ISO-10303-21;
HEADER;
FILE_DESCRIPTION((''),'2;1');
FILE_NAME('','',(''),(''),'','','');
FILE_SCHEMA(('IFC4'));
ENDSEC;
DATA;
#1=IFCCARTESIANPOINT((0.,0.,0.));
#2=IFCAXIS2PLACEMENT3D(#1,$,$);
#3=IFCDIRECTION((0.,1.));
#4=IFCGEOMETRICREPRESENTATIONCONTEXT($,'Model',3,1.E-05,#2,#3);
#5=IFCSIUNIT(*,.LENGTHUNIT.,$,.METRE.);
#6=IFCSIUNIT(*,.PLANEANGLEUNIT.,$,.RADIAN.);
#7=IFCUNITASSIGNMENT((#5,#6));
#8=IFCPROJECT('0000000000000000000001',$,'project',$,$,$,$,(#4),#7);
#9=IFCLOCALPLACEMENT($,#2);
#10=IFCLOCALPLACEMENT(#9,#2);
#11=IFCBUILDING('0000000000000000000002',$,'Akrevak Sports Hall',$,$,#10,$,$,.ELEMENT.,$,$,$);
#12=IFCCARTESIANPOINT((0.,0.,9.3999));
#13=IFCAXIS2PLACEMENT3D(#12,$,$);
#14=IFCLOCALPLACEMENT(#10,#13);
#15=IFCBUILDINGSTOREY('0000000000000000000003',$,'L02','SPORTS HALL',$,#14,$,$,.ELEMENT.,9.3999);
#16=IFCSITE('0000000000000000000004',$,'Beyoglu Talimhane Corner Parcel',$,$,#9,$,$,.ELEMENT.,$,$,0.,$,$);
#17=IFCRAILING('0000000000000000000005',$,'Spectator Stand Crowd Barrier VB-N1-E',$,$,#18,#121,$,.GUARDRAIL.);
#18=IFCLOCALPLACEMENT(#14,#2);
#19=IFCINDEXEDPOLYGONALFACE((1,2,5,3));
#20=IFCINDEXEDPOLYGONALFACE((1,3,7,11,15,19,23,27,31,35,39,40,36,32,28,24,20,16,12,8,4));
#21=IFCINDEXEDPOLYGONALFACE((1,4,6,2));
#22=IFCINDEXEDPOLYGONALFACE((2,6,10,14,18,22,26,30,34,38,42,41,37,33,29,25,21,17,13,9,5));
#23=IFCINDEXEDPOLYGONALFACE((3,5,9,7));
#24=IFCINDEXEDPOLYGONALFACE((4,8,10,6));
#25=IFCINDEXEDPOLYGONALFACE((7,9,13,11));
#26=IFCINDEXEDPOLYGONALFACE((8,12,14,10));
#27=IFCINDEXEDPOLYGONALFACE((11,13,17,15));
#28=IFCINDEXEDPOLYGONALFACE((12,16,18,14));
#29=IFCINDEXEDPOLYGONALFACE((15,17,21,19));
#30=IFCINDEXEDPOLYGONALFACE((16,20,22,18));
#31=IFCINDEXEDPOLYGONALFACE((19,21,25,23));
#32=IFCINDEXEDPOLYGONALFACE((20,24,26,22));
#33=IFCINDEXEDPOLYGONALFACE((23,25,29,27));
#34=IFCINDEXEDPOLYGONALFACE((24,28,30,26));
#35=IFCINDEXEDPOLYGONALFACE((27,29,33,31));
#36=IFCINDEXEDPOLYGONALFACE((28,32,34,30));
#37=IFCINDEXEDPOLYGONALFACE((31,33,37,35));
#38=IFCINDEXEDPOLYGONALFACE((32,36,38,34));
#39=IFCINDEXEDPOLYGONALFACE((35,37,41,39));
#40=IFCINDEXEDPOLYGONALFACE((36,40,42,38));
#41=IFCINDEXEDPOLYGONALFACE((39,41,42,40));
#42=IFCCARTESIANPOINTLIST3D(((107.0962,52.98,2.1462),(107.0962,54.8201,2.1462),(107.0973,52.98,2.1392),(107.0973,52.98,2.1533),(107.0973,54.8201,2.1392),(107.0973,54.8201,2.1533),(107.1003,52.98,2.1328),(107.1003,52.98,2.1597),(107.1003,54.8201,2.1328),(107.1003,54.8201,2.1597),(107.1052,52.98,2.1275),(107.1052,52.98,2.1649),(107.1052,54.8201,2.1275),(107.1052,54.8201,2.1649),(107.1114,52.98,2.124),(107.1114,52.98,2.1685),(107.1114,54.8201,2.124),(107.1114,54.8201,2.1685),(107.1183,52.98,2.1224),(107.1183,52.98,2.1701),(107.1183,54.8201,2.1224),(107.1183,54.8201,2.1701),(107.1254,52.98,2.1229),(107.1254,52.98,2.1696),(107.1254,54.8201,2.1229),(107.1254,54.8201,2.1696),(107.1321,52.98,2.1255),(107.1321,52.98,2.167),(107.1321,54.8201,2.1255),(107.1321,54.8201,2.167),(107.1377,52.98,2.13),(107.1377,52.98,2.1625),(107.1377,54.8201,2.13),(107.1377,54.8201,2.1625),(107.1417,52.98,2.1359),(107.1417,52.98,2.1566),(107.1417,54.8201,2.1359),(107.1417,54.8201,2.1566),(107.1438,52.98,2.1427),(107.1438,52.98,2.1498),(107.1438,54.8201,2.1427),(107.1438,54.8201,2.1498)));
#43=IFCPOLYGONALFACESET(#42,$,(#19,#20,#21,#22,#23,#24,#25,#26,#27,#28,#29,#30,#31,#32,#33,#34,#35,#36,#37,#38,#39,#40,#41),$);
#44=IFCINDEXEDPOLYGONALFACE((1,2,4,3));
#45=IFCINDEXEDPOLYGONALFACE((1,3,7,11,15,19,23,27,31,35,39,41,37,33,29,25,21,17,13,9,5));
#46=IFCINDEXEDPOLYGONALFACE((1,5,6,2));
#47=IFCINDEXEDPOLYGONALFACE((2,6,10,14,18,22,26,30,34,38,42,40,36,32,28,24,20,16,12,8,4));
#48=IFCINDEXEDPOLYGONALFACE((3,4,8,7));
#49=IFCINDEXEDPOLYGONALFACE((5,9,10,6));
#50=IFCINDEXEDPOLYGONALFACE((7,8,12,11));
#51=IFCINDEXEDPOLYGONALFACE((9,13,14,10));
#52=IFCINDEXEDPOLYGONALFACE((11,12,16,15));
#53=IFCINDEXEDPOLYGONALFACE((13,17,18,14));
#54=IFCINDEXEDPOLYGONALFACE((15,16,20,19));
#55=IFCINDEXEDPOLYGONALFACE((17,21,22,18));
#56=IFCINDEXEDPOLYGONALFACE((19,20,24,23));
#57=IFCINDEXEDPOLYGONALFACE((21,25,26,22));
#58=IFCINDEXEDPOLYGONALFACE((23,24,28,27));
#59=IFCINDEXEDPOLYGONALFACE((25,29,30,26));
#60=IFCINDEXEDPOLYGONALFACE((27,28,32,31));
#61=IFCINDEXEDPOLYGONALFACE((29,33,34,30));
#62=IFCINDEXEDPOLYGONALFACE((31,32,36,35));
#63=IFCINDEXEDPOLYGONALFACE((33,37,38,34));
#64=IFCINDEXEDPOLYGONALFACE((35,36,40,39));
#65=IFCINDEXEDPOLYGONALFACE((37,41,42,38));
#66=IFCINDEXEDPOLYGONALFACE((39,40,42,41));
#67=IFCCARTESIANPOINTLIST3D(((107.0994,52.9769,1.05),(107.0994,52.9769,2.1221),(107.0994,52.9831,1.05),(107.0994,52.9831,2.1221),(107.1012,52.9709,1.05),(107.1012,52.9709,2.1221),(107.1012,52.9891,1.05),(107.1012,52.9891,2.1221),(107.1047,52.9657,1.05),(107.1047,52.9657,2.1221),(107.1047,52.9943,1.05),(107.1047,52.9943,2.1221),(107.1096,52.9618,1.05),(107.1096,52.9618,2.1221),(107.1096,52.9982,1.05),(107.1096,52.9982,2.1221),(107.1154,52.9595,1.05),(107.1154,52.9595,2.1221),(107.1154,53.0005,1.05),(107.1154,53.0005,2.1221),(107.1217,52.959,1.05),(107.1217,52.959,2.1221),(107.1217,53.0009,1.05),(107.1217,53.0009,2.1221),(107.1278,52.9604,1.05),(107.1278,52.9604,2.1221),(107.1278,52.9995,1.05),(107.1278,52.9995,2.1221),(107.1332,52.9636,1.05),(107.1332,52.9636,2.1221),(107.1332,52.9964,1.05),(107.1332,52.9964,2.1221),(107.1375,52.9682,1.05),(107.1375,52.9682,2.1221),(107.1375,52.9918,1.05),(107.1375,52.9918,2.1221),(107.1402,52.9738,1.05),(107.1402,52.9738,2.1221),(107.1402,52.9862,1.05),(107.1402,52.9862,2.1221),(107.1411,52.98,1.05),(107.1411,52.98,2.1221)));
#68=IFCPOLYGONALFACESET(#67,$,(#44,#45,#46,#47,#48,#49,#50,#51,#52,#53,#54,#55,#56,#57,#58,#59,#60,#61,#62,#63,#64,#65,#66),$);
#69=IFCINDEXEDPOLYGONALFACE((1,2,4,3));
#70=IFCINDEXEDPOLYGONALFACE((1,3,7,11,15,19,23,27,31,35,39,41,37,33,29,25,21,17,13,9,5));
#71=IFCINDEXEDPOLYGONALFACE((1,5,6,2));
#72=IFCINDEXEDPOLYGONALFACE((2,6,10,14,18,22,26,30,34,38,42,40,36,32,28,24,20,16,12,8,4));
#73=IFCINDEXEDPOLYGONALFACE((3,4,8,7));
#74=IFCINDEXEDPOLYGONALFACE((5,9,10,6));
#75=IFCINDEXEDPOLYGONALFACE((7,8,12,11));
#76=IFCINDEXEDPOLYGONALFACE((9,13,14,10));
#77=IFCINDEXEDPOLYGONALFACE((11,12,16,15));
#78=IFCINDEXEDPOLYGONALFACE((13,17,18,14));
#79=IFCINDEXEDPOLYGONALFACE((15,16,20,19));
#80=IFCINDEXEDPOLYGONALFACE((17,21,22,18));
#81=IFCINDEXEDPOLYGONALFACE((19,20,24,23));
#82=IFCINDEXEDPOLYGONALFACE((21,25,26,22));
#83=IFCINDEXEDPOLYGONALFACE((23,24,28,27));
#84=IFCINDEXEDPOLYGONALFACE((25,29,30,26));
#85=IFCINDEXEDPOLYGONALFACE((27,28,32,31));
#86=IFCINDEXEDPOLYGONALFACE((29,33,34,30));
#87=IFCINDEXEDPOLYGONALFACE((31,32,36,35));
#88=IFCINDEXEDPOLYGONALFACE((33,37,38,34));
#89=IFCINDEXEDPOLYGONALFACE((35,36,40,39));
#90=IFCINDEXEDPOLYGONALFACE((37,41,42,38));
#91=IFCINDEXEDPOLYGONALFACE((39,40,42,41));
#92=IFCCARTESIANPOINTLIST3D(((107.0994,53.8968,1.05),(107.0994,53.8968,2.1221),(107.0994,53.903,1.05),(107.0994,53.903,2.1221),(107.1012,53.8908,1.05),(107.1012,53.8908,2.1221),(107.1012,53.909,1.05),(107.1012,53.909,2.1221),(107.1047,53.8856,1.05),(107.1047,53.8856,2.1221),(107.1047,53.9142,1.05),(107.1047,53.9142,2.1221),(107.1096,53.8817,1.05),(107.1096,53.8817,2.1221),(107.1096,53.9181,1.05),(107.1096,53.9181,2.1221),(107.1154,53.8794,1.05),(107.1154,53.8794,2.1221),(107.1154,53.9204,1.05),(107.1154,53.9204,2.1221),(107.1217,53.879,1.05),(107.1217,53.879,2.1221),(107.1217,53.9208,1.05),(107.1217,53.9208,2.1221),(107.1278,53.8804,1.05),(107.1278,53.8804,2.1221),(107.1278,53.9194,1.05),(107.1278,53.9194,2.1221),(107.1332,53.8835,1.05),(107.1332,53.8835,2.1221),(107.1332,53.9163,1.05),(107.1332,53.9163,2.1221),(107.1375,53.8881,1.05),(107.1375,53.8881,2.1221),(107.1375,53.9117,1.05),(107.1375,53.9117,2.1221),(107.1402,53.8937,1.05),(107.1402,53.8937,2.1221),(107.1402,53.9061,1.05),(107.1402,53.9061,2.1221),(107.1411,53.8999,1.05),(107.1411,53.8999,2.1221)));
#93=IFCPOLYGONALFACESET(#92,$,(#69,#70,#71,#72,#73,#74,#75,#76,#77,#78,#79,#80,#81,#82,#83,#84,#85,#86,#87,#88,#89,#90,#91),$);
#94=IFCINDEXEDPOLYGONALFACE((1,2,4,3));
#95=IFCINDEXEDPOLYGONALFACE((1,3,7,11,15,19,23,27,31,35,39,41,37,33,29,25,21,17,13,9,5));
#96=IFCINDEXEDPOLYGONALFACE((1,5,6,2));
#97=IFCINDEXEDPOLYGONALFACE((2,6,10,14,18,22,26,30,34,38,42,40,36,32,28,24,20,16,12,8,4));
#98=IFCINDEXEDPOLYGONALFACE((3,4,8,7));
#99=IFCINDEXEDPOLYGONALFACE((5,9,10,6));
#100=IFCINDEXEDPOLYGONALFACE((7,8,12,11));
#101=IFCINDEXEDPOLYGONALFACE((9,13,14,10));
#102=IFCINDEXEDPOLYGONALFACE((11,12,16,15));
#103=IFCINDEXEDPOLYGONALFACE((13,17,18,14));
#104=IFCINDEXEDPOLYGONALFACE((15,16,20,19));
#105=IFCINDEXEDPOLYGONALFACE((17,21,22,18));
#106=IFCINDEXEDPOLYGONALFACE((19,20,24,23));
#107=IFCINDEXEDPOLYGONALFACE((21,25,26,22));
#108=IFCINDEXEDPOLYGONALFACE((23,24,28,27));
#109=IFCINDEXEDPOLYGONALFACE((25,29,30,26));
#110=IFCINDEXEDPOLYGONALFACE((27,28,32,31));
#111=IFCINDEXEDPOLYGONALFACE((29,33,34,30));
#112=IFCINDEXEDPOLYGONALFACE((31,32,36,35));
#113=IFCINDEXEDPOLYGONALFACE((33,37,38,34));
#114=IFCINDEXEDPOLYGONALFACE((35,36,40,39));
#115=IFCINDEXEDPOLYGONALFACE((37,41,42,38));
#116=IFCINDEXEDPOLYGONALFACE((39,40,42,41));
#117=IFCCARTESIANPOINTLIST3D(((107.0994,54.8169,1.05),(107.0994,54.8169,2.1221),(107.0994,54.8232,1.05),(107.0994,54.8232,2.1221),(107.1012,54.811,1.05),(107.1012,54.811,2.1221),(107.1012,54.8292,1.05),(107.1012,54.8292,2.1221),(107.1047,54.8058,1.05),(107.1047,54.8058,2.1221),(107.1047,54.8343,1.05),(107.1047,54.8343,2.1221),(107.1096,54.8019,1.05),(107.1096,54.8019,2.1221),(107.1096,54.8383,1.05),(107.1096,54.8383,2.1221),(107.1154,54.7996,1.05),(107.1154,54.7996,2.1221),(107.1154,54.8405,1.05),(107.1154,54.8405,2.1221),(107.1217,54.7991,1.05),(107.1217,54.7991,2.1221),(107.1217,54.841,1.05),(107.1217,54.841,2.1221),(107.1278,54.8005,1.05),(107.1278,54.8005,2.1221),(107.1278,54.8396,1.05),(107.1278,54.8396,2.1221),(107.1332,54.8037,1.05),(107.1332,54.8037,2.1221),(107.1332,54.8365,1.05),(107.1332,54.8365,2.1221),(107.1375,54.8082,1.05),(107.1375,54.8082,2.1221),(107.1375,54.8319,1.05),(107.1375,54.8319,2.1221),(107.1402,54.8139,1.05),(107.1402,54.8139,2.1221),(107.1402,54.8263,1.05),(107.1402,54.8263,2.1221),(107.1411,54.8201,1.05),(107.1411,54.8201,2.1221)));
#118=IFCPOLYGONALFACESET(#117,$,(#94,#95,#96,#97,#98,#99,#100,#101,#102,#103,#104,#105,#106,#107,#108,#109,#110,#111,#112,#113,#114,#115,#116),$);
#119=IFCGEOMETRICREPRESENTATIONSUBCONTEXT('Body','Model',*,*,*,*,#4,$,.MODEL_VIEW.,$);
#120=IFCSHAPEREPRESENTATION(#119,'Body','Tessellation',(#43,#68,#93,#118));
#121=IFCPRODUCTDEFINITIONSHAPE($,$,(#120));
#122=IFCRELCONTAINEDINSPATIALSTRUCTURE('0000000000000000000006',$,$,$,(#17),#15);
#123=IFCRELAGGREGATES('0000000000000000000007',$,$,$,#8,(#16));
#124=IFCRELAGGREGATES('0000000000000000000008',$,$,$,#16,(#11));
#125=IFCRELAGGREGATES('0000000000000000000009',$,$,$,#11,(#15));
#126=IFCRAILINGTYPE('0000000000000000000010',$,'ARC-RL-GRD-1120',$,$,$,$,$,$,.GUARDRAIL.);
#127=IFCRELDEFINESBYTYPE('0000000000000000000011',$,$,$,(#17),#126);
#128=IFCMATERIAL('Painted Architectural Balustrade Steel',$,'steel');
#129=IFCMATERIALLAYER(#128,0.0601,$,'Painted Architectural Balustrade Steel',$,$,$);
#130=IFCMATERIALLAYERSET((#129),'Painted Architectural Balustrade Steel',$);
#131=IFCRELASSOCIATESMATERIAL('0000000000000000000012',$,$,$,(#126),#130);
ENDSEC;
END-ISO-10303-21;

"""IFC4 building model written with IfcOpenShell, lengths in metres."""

from ifc_helpers import new_model, si_unit, direction, frame, origin, origin_2d, place, context, subcontext, project, spatial, circle, extrude, material, layer, layer_set, type_object, element, save


model = new_model("IFC4")

# Units and contexts
model_context = context("Model", 3, precision=1e-05, world=origin(), true_north=direction((0.0, 1.0)))
body_context = subcontext(model_context, "Body", "Model", "MODEL_VIEW")
ifc_project = project(units=[si_unit("LENGTHUNIT", "METRE"), si_unit("PLANEANGLEUNIT", "RADIAN")], contexts=[model_context])

# Site, building, storey
site_placement = place(None, origin())
site = spatial("IfcSite", under=ifc_project, at=site_placement, Name="Beyoglu Talimhane Corner Parcel", CompositionType="ELEMENT", RefElevation=0.0)
building_placement = place(site_placement, origin())
building = spatial("IfcBuilding", under=site, at=building_placement, Name="Akrevak Sports Hall", CompositionType="ELEMENT")
storey_placement = place(building_placement, frame((0.0, 0.0, 9.3999)))
storey = spatial("IfcBuildingStorey", under=building, at=storey_placement, Name="L02", Description="SPORTS HALL", CompositionType="ELEMENT", Elevation=9.3999)

# Railing
ifc_material_1 = material(Name="Painted Architectural Balustrade Steel", Category="steel")
ifc_layer_1 = layer(ifc_material_1, 0.0601, Name="Painted Architectural Balustrade Steel")
ifc_layer_set_1 = layer_set([ifc_layer_1], Name="Painted Architectural Balustrade Steel")
railing_type_1 = type_object("IfcRailingType", Name="ARC-RL-GRD-1120", PredefinedType="GUARDRAIL", material=ifc_layer_set_1)
for number, where, name in (
    (1, (107.1201, 52.98, 1.05), "Spectator Stand Crowd Barrier VB-N1-E"),
):
    element("IfcRailing", number, at=place(storey_placement, frame(where)), inside=storey, type_object=railing_type_1, Name=name, PredefinedType="GUARDRAIL", context=body_context, shape_type="SweptSolid", body=[
        extrude(circle(Radius=0.0239, at=origin_2d()), frame((0.0, 0.0, 1.0962), z_axis=(0.0, 1.0, 0.0), x_axis=(-1.0, 0.0, 0.0)), (0.0, 0.0, 1.0), 1.8401),
        extrude(circle(Radius=0.021, at=origin_2d()), origin(), (0.0, 0.0, 1.0), 1.072),
        extrude(circle(Radius=0.021, at=origin_2d()), frame((0.0, 0.9199, 0.0)), (0.0, 0.0, 1.0), 1.072),
        extrude(circle(Radius=0.021, at=origin_2d()), frame((0.0, 1.8401, 0.0)), (0.0, 0.0, 1.0), 1.072),
    ])

save(model, "model.ifc")
